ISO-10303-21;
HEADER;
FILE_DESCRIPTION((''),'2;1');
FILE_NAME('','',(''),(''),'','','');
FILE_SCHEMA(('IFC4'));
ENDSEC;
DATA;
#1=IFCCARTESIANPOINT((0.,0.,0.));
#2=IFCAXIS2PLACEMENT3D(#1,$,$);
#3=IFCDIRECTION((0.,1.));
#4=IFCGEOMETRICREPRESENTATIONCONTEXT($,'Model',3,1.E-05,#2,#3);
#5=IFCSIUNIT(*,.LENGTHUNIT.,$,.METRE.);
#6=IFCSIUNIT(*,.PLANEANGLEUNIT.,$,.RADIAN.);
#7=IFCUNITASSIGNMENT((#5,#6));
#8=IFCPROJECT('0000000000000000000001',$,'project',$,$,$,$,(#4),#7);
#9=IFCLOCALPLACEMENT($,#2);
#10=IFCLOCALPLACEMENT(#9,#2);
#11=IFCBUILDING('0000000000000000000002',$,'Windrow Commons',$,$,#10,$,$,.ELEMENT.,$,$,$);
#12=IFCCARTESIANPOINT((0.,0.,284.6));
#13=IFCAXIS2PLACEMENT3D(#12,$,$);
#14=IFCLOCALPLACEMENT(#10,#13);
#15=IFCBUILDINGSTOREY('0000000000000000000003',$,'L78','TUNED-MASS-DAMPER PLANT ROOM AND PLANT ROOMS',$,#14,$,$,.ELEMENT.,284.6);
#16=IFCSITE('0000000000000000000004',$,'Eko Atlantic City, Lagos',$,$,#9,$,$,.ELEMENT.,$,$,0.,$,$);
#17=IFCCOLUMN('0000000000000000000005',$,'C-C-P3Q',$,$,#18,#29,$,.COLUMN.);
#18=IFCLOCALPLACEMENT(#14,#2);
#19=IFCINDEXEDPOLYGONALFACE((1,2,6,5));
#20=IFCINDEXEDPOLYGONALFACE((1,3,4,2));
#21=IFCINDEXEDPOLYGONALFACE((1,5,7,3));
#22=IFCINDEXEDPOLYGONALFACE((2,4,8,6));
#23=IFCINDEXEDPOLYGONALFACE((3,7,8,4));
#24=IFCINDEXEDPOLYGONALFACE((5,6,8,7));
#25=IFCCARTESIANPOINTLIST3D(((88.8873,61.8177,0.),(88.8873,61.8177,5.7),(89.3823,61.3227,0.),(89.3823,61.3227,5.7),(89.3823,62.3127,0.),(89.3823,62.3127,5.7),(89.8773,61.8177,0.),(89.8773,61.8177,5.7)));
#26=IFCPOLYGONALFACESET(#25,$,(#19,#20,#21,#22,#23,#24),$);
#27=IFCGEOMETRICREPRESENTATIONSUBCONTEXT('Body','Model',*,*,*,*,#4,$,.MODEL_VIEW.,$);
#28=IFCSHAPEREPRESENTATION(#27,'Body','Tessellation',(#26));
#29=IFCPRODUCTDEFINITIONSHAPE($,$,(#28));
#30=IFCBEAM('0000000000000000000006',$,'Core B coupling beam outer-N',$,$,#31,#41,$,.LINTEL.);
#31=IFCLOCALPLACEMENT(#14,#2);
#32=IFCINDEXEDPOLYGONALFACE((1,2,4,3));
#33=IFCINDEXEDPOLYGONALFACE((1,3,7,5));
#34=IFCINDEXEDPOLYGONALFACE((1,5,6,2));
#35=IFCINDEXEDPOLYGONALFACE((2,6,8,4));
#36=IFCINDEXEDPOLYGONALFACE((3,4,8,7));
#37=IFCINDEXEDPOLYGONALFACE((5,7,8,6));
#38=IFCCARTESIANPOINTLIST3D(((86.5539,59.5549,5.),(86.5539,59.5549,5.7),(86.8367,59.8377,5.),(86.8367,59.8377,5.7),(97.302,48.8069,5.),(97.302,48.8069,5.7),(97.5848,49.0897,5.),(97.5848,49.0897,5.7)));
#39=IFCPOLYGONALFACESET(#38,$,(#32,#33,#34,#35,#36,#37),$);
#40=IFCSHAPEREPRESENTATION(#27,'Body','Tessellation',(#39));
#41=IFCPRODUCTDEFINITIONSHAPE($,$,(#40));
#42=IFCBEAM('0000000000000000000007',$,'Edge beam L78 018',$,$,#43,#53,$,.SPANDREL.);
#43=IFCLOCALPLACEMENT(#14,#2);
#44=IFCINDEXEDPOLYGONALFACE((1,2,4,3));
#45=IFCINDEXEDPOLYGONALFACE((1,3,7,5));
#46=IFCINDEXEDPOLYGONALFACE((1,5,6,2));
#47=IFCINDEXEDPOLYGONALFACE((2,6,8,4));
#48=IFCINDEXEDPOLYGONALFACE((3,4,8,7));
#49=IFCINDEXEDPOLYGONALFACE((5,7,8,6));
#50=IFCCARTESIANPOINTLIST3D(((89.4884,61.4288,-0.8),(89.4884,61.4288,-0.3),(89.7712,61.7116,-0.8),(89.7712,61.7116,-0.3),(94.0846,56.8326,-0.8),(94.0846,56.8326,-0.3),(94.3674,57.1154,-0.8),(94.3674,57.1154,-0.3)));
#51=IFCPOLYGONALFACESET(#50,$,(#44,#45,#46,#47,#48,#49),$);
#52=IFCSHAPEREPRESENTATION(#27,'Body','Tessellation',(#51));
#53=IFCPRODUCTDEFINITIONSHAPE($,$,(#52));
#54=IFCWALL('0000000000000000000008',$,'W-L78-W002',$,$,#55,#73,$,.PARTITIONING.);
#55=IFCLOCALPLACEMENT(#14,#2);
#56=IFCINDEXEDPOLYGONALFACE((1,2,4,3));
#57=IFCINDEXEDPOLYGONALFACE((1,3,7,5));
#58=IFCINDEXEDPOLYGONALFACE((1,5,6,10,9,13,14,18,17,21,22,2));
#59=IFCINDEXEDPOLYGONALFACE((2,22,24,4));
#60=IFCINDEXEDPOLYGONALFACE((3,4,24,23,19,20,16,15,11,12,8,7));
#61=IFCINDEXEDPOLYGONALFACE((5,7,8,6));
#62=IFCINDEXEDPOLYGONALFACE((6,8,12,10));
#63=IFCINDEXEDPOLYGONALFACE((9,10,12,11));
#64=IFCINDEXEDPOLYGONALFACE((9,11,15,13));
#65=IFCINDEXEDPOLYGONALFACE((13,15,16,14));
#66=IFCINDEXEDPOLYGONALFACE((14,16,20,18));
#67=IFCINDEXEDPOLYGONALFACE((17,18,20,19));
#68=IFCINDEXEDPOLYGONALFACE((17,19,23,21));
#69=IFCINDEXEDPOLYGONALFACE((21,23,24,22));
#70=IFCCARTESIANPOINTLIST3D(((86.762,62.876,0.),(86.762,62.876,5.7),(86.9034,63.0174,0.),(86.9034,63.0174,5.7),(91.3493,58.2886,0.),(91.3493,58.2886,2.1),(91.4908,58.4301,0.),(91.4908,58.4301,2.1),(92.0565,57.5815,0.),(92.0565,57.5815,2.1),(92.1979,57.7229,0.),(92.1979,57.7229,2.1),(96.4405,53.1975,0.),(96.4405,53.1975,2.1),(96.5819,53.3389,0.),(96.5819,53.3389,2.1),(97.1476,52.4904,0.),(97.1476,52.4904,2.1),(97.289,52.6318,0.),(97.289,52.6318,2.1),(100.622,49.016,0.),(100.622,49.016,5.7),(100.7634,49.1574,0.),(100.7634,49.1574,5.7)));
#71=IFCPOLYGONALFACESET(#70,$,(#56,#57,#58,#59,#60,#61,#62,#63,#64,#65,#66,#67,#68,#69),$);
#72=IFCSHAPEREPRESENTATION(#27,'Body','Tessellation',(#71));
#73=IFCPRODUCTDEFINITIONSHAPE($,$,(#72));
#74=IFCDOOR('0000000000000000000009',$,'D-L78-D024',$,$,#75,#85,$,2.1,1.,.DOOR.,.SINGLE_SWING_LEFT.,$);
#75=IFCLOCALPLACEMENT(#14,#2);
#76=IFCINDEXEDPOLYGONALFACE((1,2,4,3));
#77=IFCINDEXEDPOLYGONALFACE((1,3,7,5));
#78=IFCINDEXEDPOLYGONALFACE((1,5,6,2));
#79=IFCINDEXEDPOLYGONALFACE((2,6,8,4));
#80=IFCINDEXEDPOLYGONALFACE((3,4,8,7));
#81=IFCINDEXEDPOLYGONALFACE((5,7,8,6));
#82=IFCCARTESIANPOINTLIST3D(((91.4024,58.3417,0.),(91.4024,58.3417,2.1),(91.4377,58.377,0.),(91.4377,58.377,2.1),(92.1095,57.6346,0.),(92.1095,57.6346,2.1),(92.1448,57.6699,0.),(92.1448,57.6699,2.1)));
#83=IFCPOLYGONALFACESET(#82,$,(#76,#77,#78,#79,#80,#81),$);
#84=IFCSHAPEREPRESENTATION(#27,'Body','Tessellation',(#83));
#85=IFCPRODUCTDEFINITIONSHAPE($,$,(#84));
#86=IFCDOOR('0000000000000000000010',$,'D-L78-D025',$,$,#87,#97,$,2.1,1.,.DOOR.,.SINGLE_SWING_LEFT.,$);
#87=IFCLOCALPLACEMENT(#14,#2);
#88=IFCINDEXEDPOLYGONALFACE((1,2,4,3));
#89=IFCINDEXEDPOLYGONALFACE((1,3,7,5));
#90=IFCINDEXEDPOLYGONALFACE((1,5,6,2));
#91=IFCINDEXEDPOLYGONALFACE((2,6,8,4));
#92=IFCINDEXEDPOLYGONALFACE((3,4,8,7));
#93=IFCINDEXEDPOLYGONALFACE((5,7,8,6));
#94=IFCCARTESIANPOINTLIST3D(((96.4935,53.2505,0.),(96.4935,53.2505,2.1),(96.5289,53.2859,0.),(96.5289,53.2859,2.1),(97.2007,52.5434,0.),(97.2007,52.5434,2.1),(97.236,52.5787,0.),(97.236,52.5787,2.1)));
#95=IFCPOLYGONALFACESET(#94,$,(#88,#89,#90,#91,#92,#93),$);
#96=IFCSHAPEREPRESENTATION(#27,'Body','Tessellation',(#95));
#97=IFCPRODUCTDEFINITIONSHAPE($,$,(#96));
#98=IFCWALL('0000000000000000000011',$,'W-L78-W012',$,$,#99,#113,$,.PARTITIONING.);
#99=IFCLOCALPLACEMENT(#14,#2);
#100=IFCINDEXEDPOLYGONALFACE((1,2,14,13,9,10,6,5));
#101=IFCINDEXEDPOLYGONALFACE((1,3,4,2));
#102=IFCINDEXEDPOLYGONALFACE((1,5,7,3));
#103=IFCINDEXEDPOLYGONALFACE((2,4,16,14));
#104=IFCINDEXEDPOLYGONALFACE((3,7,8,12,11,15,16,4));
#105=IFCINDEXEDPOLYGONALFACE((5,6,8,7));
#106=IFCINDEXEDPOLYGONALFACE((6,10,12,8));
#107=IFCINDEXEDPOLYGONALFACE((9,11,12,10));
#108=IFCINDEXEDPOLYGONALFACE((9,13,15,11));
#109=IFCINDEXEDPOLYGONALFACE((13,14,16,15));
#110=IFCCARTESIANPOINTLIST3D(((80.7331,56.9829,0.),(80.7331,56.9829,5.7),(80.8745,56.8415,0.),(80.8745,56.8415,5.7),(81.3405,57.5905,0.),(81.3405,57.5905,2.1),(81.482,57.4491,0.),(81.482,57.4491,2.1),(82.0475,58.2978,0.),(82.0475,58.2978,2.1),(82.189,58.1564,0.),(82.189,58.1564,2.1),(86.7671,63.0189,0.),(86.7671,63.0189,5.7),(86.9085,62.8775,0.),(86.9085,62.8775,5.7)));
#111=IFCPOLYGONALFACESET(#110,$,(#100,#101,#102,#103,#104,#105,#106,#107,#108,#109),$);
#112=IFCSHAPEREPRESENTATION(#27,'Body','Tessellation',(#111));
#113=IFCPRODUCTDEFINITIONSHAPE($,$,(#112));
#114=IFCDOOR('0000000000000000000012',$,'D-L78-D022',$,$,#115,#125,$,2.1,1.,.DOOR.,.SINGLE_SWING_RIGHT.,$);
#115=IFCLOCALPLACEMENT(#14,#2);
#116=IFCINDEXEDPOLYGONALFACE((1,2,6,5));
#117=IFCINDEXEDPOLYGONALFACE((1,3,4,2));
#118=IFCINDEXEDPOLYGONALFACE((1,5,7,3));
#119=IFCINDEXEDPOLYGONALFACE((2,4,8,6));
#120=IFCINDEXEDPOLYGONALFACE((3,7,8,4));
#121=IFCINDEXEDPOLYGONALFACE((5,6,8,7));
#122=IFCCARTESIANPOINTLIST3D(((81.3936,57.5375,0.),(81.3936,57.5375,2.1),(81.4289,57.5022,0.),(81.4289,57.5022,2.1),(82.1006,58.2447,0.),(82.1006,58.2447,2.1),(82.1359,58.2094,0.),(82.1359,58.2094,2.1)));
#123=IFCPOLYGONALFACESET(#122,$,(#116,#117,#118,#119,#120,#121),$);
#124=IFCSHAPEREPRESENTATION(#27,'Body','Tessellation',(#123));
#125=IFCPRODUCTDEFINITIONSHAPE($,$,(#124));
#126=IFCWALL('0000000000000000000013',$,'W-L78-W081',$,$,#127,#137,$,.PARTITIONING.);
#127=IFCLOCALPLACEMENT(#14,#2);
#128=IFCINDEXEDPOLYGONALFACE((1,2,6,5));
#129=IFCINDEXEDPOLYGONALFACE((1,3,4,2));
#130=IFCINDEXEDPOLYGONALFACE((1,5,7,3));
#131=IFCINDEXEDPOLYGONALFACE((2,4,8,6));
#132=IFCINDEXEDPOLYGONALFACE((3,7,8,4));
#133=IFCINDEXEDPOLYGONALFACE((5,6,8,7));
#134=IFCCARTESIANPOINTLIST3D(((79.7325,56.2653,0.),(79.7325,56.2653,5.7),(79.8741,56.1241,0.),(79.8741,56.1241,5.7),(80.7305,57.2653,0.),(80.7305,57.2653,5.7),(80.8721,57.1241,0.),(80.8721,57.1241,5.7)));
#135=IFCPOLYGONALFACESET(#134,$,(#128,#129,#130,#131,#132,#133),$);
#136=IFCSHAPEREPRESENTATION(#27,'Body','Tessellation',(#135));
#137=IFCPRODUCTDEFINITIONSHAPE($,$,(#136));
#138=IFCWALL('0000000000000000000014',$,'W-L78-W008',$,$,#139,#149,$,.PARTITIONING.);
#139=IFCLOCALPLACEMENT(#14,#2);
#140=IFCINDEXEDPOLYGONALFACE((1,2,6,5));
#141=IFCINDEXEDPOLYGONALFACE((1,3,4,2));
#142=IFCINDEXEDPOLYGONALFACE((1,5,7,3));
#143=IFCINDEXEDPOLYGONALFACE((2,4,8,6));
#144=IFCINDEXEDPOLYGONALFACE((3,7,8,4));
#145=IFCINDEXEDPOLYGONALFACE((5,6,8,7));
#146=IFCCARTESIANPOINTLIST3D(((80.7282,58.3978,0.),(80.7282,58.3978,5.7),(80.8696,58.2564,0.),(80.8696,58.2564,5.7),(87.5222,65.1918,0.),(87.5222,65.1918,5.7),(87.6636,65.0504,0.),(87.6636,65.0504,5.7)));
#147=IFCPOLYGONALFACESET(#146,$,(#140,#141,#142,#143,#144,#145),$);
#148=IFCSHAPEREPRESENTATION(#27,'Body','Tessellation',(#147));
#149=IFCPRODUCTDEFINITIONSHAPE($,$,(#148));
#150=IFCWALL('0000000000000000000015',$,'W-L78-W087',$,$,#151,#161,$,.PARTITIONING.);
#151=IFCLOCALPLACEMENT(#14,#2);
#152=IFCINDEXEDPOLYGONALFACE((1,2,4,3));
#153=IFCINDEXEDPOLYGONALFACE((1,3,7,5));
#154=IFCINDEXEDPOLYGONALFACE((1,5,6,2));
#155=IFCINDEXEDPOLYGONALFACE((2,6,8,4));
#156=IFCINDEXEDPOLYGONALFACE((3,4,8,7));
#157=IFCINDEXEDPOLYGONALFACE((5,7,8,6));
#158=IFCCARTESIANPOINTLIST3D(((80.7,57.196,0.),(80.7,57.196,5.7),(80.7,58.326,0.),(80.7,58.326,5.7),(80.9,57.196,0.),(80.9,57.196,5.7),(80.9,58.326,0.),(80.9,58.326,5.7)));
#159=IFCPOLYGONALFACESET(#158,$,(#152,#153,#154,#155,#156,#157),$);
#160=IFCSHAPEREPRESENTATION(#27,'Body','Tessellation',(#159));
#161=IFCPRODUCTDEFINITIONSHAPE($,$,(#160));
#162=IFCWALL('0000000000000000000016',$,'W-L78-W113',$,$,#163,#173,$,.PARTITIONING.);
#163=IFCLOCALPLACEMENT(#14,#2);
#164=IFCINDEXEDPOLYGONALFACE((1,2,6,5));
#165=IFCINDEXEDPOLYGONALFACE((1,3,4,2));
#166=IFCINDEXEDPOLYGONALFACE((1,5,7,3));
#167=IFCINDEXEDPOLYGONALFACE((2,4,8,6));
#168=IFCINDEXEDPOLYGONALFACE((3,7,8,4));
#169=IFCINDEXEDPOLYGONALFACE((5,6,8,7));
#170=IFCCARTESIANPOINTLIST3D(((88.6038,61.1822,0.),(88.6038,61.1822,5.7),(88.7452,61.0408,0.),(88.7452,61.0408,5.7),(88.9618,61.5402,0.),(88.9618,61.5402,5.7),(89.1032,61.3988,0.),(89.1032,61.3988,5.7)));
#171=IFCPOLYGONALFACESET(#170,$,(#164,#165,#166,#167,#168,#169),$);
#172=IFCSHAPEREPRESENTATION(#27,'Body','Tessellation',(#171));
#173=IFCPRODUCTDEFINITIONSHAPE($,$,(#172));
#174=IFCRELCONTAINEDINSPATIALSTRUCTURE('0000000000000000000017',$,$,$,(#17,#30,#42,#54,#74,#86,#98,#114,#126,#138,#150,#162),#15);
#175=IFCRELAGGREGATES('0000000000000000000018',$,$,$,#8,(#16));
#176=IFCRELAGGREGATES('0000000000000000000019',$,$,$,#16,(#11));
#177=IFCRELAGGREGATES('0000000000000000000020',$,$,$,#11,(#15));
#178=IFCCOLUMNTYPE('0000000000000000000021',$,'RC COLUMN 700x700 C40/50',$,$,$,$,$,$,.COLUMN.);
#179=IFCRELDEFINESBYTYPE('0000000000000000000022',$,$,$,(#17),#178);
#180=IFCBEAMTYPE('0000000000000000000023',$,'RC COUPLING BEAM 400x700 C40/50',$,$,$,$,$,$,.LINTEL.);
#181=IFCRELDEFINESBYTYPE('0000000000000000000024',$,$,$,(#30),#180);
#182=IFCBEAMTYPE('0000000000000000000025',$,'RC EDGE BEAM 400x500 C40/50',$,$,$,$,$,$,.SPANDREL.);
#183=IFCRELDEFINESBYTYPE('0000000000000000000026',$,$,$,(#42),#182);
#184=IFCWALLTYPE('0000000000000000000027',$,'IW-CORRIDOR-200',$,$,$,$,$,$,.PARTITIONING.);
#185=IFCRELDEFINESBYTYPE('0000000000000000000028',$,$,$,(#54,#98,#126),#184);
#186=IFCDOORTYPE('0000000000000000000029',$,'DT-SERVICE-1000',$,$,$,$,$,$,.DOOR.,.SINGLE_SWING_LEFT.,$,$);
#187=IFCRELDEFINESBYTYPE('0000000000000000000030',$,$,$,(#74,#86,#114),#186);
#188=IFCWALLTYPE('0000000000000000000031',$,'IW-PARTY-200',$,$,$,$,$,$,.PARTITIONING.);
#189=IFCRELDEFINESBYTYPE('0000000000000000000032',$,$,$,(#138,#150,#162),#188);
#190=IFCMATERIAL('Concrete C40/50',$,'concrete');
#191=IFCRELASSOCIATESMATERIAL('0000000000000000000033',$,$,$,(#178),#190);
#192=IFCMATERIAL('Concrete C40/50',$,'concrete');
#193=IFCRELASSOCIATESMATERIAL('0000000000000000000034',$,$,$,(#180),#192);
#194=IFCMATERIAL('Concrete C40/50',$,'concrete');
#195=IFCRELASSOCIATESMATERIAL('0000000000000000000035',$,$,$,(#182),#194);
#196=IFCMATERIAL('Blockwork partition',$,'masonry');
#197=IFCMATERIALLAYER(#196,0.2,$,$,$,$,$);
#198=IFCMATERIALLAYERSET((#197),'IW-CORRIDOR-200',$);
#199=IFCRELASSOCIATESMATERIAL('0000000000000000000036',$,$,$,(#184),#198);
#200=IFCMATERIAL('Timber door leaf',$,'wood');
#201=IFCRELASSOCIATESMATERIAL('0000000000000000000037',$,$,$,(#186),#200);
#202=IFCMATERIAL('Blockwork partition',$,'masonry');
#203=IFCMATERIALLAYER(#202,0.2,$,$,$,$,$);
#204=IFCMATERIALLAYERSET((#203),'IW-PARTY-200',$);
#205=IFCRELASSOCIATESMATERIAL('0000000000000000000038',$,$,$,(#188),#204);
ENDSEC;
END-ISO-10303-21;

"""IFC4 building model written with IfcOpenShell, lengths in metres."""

from ifc_helpers import new_model, si_unit, direction, frame, frame_2d, origin, origin_2d, place, context, subcontext, project, spatial, rectangle, extrude, material, layer, layer_set, material_profile, profile_set, type_object, element, fill, save


model = new_model("IFC4")

# Units and contexts
model_context = context("Model", 3, precision=1e-05, world=origin(), true_north=direction((0.0, 1.0)))
body_context = subcontext(model_context, "Body", "Model", "MODEL_VIEW")
ifc_project = project(units=[si_unit("LENGTHUNIT", "METRE"), si_unit("PLANEANGLEUNIT", "RADIAN")], contexts=[model_context])

# Site, building, storey
site_placement = place(None, origin())
site = spatial("IfcSite", under=ifc_project, at=site_placement, Name="Eko Atlantic City, Lagos", CompositionType="ELEMENT", RefElevation=0.0)
building_placement = place(site_placement, origin())
building = spatial("IfcBuilding", under=site, at=building_placement, Name="Windrow Commons", CompositionType="ELEMENT")
storey_placement = place(building_placement, frame((0.0, 0.0, 284.6)))
storey = spatial("IfcBuildingStorey", under=building, at=storey_placement, Name="L78", Description="TUNED-MASS-DAMPER PLANT ROOM AND PLANT ROOMS", CompositionType="ELEMENT", Elevation=284.6)

# Column
ifc_material_1 = material(Name="Concrete C40/50", Category="concrete")
ifc_material_profile_1 = material_profile(ifc_material_1, rectangle(XDim=0.7, YDim=0.7, at=origin_2d()))
ifc_profile_set_1 = profile_set([ifc_material_profile_1], Name="Concrete C40/50")
column_type = type_object("IfcColumnType", Name="RC COLUMN 700x700 C40/50", PredefinedType="COLUMN", material=ifc_profile_set_1)
column_placement = place(storey_placement, frame((89.3823, 61.8177, 0.0), z_axis=(0.0, 0.0, 1.0), x_axis=(0.707107, -0.707107, 0.0)))
element("IfcColumn", 1, at=column_placement, inside=storey, type_object=column_type, Name="C-C-P3Q", PredefinedType="COLUMN", context=body_context, shape_type="SweptSolid", body=[
    extrude(rectangle(XDim=0.7, YDim=0.7, at=origin_2d()), origin(), (0.0, 0.0, 1.0), 5.7),
])

# Beams
ifc_material_2 = material(Name="Concrete C40/50", Category="concrete")
ifc_material_profile_2 = material_profile(ifc_material_2, rectangle(XDim=0.4, YDim=0.7, at=origin_2d()))
ifc_profile_set_2 = profile_set([ifc_material_profile_2], Name="Concrete C40/50")
beam_type_1 = type_object("IfcBeamType", Name="RC COUPLING BEAM 400x700 C40/50", PredefinedType="LINTEL", material=ifc_profile_set_2)
beam_1_placement = place(storey_placement, frame((86.6953, 59.6963, 5.35), z_axis=(0.70711, -0.707103, 0.0), x_axis=(0.707103, 0.70711, 0.0)))
element("IfcBeam", 2, at=beam_1_placement, inside=storey, type_object=beam_type_1, Name="Core B coupling beam outer-N", PredefinedType="LINTEL", context=body_context, shape_type="SweptSolid", body=[
    extrude(rectangle(XDim=0.4, YDim=0.7, at=origin_2d()), origin(), (0.0, 0.0, 1.0), 15.2),
])
ifc_material_3 = material(Name="Concrete C40/50", Category="concrete")
ifc_material_profile_3 = material_profile(ifc_material_3, rectangle(XDim=0.4, YDim=0.5, at=origin_2d()))
ifc_profile_set_3 = profile_set([ifc_material_profile_3], Name="Concrete C40/50")
beam_type_2 = type_object("IfcBeamType", Name="RC EDGE BEAM 400x500 C40/50", PredefinedType="SPANDREL", material=ifc_profile_set_3)
beam_2_placement = place(storey_placement, frame((89.6298, 61.5702, -0.55), z_axis=(0.707107, -0.707107, 0.0), x_axis=(0.707107, 0.707107, 0.0)))
element("IfcBeam", 3, at=beam_2_placement, inside=storey, type_object=beam_type_2, Name="Edge beam L78 018", PredefinedType="SPANDREL", context=body_context, shape_type="SweptSolid", body=[
    extrude(rectangle(XDim=0.4, YDim=0.5, at=origin_2d()), origin(), (0.0, 0.0, 1.0), 6.5),
])

# Wall, openings, doors
ifc_material_4 = material(Name="Blockwork partition", Category="masonry")
ifc_layer_1 = layer(ifc_material_4, 0.2)
ifc_layer_set_1 = layer_set([ifc_layer_1], Name="IW-CORRIDOR-200")
wall_type_1 = type_object("IfcWallType", Name="IW-CORRIDOR-200", PredefinedType="PARTITIONING", material=ifc_layer_set_1)
wall_1_placement = place(storey_placement, frame((86.8327, 62.9467, 0.0), z_axis=(0.0, 0.0, 1.0), x_axis=(0.707107, -0.707107, 0.0)))
wall_1 = element("IfcWall", 4, at=wall_1_placement, inside=storey, type_object=wall_type_1, Name="W-L78-W002", PredefinedType="PARTITIONING", context=body_context, shape_type="SweptSolid", body=[
    extrude(rectangle(XDim=19.601, YDim=0.2, at=frame_2d((9.8005, 0.0))), origin(), (0.0, 0.0, 1.0), 5.7),
])
opening_1_placement = place(wall_1_placement, frame((6.4875, 0.0, 0.0)))
opening_1 = element("IfcOpeningElement", 5, at=opening_1_placement, cuts=wall_1, PredefinedType="OPENING", context=body_context, shape_type="SweptSolid", body=[
    extrude(rectangle(XDim=1.0, YDim=2.1, at=frame_2d((0.5, 1.05))), frame((0.0, 0.11, 0.0), z_axis=(0.0, -1.0, 0.0), x_axis=(1.0, 0.0, 0.0)), (0.0, 0.0, 1.0), 0.22),
])
opening_2_placement = place(wall_1_placement, frame((13.6875, 0.0, 0.0)))
opening_2 = element("IfcOpeningElement", 6, at=opening_2_placement, cuts=wall_1, PredefinedType="OPENING", context=body_context, shape_type="SweptSolid", body=[
    extrude(rectangle(XDim=1.0, YDim=2.1, at=frame_2d((0.5, 1.05))), frame((0.0, 0.11, 0.0), z_axis=(0.0, -1.0, 0.0), x_axis=(1.0, 0.0, 0.0)), (0.0, 0.0, 1.0), 0.22),
])
ifc_material_5 = material(Name="Timber door leaf", Category="wood")
door_type_1 = type_object("IfcDoorType", Name="DT-SERVICE-1000", OperationType="SINGLE_SWING_LEFT", PredefinedType="DOOR", material=ifc_material_5)
door_1_placement = place(opening_1_placement, origin())
door_1 = element("IfcDoor", 7, at=door_1_placement, inside=storey, type_object=door_type_1, Name="D-L78-D024", OperationType="SINGLE_SWING_LEFT", OverallHeight=2.1, OverallWidth=1.0, PredefinedType="DOOR", context=body_context, shape_type="SweptSolid", body=[
    extrude(rectangle(XDim=1.0, YDim=2.1, at=frame_2d((0.5, 1.05))), frame((0.0, 0.025, 0.0), z_axis=(0.0, -1.0, 0.0), x_axis=(1.0, 0.0, 0.0)), (0.0, 0.0, 1.0), 0.05),
])
fill(opening_1, door_1)
door_2_placement = place(opening_2_placement, origin())
door_2 = element("IfcDoor", 8, at=door_2_placement, inside=storey, type_object=door_type_1, Name="D-L78-D025", OperationType="SINGLE_SWING_LEFT", OverallHeight=2.1, OverallWidth=1.0, PredefinedType="DOOR", context=body_context, shape_type="SweptSolid", body=[
    extrude(rectangle(XDim=1.0, YDim=2.1, at=frame_2d((0.5, 1.05))), frame((0.0, 0.025, 0.0), z_axis=(0.0, -1.0, 0.0), x_axis=(1.0, 0.0, 0.0)), (0.0, 0.0, 1.0), 0.05),
])
fill(opening_2, door_2)

# Wall, opening, door
wall_2_placement = place(storey_placement, frame((80.8038, 56.9122, 0.0), z_axis=(0.0, 0.0, 1.0), x_axis=(0.70699, 0.707224, 0.0)))
wall_2 = element("IfcWall", 9, at=wall_2_placement, inside=storey, type_object=wall_type_1, Name="W-L78-W012", PredefinedType="PARTITIONING", context=body_context, shape_type="SweptSolid", body=[
    extrude(rectangle(XDim=8.5348, YDim=0.2, at=frame_2d((4.2674, 0.0))), origin(), (0.0, 0.0, 1.0), 5.7),
])
opening_3_placement = place(wall_2_placement, frame((0.8592, 0.0, 0.0)))
opening_3 = element("IfcOpeningElement", 10, at=opening_3_placement, cuts=wall_2, PredefinedType="OPENING", context=body_context, shape_type="SweptSolid", body=[
    extrude(rectangle(XDim=1.0, YDim=2.1, at=frame_2d((0.5, 1.05))), frame((0.0, 0.11, 0.0), z_axis=(0.0, -1.0, 0.0), x_axis=(1.0, 0.0, 0.0)), (0.0, 0.0, 1.0), 0.22),
])
door_3_placement = place(opening_3_placement, origin())
door_3 = element("IfcDoor", 11, at=door_3_placement, inside=storey, type_object=door_type_1, Name="D-L78-D022", OperationType="SINGLE_SWING_RIGHT", OverallHeight=2.1, OverallWidth=1.0, PredefinedType="DOOR", context=body_context, shape_type="SweptSolid", body=[
    extrude(rectangle(XDim=1.0, YDim=2.1, at=frame_2d((0.5, 1.05))), frame((0.0, 0.025, 0.0), z_axis=(0.0, -1.0, 0.0), x_axis=(1.0, 0.0, 0.0)), (0.0, 0.0, 1.0), 0.05),
])
fill(opening_3, door_3)

# Walls
wall_3_placement = place(storey_placement, frame((79.8033, 56.1947, 0.0), z_axis=(0.0, 0.0, 1.0), x_axis=(0.706399, 0.707814, 0.0)))
element("IfcWall", 12, at=wall_3_placement, inside=storey, type_object=wall_type_1, Name="W-L78-W081", PredefinedType="PARTITIONING", context=body_context, shape_type="SweptSolid", body=[
    extrude(rectangle(XDim=1.4128, YDim=0.2, at=frame_2d((0.7064, 0.0))), origin(), (0.0, 0.0, 1.0), 5.7),
])
ifc_material_6 = material(Name="Blockwork partition", Category="masonry")
ifc_layer_2 = layer(ifc_material_6, 0.2)
ifc_layer_set_2 = layer_set([ifc_layer_2], Name="IW-PARTY-200")
wall_type_2 = type_object("IfcWallType", Name="IW-PARTY-200", PredefinedType="PARTITIONING", material=ifc_layer_set_2)
wall_4_placement = place(storey_placement, frame((80.7989, 58.3271, 0.0), z_axis=(0.0, 0.0, 1.0), x_axis=(0.707107, 0.707107, 0.0)))
element("IfcWall", 13, at=wall_4_placement, inside=storey, type_object=wall_type_2, Name="W-L78-W008", PredefinedType="PARTITIONING", context=body_context, shape_type="SweptSolid", body=[
    extrude(rectangle(XDim=9.6082, YDim=0.2, at=frame_2d((4.8041, 0.0))), origin(), (0.0, 0.0, 1.0), 5.7),
])
wall_5_placement = place(storey_placement, frame((80.8, 57.196, 0.0), z_axis=(0.0, 0.0, 1.0), x_axis=(0.0, 1.0, 0.0)))
element("IfcWall", 14, at=wall_5_placement, inside=storey, type_object=wall_type_2, Name="W-L78-W087", PredefinedType="PARTITIONING", context=body_context, shape_type="SweptSolid", body=[
    extrude(rectangle(XDim=1.13, YDim=0.2, at=frame_2d((0.565, 0.0))), origin(), (0.0, 0.0, 1.0), 5.7),
])
wall_6_placement = place(storey_placement, frame((88.6745, 61.1115, 0.0), z_axis=(0.0, 0.0, 1.0), x_axis=(0.707107, 0.707107, 0.0)))
element("IfcWall", 15, at=wall_6_placement, inside=storey, type_object=wall_type_2, Name="W-L78-W113", PredefinedType="PARTITIONING", context=body_context, shape_type="SweptSolid", body=[
    extrude(rectangle(XDim=0.5063, YDim=0.2, at=frame_2d((0.2531, 0.0))), origin(), (0.0, 0.0, 1.0), 5.7),
])

save(model, "model.ifc")
